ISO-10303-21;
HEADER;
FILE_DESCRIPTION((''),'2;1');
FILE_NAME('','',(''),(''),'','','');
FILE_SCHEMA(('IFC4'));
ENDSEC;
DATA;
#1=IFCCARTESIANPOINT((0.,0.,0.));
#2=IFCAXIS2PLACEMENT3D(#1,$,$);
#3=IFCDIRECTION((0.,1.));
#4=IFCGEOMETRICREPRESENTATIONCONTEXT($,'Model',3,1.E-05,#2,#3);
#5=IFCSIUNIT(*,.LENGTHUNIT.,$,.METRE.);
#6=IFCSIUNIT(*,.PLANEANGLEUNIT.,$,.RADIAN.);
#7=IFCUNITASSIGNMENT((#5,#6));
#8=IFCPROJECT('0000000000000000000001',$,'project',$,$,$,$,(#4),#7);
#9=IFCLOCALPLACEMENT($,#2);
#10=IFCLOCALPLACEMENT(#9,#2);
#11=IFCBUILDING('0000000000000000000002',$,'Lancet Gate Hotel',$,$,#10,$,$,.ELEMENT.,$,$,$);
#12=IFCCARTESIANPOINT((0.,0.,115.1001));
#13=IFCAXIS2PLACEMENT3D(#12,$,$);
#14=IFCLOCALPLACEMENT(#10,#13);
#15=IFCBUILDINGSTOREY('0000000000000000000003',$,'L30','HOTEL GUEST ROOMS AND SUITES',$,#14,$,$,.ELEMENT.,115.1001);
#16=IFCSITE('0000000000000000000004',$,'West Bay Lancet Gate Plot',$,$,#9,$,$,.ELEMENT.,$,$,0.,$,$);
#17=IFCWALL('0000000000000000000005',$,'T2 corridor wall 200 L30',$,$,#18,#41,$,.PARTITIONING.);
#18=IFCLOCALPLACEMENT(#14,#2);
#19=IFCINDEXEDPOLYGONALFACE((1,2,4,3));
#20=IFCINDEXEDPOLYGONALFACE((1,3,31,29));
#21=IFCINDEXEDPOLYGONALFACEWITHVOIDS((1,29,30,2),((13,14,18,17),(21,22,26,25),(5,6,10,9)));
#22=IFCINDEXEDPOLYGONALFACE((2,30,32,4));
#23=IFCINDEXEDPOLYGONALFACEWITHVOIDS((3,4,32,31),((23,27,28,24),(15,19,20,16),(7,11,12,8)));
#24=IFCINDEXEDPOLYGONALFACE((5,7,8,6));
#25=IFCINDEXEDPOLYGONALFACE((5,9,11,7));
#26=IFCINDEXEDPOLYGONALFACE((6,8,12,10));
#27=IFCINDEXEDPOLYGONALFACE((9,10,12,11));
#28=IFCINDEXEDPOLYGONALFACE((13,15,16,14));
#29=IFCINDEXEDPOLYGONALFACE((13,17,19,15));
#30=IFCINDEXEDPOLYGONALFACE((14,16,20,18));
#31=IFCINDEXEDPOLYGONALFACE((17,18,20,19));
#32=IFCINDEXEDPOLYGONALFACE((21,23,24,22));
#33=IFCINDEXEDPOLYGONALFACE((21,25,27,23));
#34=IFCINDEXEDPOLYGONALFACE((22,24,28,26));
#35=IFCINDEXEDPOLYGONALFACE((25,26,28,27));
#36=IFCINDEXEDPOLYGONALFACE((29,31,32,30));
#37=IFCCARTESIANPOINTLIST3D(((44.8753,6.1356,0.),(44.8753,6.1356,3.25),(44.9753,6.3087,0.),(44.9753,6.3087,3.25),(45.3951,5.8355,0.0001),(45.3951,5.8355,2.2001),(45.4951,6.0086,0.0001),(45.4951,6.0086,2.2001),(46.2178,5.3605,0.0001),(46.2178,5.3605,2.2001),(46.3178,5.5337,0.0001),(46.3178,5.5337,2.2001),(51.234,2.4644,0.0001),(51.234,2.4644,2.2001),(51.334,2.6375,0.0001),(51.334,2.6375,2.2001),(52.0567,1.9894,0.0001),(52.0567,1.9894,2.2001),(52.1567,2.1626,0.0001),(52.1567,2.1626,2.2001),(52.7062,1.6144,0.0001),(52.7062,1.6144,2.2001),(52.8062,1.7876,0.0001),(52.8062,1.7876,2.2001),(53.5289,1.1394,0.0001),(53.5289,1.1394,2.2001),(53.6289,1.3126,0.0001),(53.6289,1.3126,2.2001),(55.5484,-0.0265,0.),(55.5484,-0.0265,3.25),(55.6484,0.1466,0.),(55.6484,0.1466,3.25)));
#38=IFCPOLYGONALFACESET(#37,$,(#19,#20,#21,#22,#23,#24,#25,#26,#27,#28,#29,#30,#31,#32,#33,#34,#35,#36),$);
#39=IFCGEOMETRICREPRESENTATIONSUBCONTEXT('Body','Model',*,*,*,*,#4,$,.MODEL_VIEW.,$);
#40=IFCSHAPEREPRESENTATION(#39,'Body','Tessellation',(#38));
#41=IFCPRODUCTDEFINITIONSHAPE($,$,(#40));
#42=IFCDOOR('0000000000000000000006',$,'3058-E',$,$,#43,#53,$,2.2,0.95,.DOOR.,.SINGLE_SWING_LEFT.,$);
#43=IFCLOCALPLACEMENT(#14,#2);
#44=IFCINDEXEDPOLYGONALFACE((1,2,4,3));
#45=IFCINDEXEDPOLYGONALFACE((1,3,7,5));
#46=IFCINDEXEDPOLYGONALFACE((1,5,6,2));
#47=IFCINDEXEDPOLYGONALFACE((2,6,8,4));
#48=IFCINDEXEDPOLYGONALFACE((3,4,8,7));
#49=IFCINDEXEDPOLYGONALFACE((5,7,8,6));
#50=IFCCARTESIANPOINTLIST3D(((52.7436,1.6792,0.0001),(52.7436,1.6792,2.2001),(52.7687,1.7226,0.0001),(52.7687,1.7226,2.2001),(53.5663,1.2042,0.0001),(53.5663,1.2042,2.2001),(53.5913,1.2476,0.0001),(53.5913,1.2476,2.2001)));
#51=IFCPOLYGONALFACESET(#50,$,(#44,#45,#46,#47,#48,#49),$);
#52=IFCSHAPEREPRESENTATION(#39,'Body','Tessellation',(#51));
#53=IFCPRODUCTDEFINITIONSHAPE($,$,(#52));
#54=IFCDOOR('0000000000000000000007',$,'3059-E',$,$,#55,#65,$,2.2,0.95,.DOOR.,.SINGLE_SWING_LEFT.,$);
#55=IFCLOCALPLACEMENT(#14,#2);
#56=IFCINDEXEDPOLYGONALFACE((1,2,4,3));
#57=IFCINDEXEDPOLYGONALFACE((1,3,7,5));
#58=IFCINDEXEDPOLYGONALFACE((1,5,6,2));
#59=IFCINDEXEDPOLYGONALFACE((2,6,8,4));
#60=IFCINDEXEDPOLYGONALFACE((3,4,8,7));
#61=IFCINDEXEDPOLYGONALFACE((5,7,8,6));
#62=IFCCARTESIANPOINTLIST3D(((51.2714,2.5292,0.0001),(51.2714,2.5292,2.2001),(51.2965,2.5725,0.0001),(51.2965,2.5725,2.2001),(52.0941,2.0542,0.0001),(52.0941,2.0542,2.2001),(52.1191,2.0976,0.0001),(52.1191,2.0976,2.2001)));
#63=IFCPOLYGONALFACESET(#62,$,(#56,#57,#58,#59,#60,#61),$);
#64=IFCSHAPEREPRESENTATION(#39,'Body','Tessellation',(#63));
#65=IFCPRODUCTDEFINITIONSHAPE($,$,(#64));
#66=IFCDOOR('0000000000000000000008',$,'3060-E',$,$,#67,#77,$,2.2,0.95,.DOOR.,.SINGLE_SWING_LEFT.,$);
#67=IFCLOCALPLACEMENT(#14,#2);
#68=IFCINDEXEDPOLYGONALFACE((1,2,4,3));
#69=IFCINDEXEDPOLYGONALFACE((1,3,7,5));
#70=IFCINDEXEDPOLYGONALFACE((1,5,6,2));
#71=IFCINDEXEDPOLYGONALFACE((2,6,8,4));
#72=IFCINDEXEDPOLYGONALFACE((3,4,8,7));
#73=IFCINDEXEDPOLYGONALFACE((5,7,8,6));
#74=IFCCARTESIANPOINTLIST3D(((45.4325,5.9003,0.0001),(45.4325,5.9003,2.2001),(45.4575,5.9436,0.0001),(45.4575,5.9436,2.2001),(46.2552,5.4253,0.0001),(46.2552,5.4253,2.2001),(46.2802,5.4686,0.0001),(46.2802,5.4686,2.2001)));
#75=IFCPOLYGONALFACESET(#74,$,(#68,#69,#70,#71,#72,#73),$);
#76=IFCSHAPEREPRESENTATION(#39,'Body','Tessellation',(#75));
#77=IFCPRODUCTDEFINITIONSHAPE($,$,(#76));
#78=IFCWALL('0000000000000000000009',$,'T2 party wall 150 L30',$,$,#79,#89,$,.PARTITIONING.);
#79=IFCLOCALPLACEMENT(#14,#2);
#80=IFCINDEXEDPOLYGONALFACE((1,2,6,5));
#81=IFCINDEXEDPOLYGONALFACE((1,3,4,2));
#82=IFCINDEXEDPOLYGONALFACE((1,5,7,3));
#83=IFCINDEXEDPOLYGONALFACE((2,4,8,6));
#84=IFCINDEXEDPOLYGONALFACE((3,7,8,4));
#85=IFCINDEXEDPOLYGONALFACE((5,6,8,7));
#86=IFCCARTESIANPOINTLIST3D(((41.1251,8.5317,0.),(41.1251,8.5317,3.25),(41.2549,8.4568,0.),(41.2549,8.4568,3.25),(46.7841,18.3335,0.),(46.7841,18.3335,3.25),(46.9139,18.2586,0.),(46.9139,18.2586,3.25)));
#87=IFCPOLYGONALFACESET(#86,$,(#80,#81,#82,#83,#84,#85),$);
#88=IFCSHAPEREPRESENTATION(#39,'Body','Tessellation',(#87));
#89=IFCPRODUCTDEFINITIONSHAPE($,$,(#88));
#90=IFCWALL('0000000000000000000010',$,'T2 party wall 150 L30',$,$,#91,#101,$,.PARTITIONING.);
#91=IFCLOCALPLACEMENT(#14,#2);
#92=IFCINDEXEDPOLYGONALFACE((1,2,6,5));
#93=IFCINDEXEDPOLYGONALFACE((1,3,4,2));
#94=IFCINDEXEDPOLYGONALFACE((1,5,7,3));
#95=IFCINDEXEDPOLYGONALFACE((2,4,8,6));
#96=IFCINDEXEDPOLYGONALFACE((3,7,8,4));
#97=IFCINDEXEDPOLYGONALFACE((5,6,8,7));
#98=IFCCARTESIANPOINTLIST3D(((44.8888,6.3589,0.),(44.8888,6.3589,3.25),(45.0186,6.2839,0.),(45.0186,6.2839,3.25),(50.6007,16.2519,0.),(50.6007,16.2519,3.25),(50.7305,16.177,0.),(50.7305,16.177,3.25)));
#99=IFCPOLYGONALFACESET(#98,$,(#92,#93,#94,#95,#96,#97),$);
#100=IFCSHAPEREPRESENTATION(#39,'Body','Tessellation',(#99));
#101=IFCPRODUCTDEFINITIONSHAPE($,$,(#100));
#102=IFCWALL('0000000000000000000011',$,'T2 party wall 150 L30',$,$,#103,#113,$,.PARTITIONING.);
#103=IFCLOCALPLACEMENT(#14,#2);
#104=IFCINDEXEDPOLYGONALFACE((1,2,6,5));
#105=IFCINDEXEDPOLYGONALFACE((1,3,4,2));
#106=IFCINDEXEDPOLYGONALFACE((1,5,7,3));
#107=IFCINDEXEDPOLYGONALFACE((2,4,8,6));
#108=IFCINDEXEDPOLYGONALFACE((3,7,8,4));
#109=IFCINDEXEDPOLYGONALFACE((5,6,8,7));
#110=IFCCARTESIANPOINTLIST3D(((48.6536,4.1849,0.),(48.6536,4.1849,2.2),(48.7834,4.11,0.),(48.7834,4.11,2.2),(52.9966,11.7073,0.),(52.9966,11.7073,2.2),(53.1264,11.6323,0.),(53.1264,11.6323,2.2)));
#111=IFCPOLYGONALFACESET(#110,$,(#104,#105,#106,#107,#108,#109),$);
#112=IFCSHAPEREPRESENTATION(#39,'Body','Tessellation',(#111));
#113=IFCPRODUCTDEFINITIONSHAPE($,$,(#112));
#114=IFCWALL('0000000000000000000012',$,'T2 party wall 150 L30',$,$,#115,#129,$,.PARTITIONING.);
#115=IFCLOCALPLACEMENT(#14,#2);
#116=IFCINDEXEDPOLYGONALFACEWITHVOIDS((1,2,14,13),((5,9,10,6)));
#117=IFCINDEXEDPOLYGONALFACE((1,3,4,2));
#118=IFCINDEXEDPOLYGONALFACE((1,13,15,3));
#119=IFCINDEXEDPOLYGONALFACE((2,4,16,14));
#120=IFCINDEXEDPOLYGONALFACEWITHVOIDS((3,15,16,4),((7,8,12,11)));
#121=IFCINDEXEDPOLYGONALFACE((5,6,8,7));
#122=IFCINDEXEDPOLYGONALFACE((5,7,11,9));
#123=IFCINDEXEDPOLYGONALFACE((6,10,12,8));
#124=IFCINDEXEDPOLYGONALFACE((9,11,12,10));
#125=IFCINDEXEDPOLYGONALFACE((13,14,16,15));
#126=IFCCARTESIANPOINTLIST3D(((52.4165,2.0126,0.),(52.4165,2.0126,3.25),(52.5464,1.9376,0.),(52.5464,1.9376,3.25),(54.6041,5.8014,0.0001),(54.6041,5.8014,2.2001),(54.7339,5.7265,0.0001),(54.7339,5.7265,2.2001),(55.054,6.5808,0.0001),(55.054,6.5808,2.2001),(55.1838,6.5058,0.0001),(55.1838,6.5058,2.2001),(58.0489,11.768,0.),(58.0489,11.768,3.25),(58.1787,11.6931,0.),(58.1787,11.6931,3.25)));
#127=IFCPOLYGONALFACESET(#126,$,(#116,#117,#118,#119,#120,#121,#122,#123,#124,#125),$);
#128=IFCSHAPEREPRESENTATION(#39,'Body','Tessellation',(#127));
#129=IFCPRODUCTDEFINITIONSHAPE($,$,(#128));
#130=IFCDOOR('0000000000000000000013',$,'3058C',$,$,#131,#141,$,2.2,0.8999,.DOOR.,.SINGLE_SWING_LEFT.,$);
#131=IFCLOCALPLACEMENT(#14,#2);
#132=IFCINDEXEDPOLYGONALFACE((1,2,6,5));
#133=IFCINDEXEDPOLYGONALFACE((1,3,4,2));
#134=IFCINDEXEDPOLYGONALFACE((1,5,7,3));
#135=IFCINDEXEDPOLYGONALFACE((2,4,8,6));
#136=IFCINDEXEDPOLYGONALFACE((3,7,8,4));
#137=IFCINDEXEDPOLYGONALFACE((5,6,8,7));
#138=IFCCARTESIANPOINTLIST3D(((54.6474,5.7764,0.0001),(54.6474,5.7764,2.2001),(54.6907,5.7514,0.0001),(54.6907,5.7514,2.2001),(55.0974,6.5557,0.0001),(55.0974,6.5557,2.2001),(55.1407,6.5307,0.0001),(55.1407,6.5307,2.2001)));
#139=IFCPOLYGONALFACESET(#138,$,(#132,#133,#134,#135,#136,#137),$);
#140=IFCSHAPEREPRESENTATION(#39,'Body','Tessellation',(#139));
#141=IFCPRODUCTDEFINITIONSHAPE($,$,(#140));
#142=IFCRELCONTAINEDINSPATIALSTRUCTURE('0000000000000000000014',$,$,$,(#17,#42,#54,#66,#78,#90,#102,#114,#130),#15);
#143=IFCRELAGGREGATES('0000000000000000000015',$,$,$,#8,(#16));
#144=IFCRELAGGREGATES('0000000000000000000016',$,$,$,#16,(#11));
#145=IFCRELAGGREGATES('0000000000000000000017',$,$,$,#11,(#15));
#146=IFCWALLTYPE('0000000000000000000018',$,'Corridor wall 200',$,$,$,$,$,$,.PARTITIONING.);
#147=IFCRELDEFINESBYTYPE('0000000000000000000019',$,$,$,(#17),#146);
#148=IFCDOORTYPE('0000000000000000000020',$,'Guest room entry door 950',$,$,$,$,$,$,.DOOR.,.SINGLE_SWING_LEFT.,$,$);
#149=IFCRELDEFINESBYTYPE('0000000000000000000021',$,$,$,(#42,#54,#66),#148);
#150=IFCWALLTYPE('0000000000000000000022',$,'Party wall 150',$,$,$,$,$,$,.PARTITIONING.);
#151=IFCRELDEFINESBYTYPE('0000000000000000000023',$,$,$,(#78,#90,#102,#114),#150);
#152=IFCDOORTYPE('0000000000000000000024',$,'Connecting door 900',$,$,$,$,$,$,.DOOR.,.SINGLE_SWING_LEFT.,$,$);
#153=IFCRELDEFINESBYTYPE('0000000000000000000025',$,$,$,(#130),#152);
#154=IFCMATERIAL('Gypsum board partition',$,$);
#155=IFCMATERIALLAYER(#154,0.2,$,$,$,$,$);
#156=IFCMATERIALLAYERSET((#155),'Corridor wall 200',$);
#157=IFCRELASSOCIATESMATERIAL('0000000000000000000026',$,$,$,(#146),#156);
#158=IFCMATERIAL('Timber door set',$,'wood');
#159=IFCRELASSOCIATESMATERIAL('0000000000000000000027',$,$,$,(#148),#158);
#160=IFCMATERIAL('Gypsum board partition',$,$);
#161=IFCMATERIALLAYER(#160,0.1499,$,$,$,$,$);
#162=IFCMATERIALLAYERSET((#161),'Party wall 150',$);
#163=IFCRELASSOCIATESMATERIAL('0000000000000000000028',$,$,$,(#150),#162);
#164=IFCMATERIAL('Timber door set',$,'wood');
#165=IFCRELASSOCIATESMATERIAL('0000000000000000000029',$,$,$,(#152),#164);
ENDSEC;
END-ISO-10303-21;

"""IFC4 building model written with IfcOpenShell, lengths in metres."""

from ifc_helpers import new_model, si_unit, direction, frame, frame_2d, origin, place, context, subcontext, project, spatial, rectangle, extrude, material, layer, layer_set, type_object, element, fill, save


model = new_model("IFC4")

# Units and contexts
model_context = context("Model", 3, precision=1e-05, world=origin(), true_north=direction((0.0, 1.0)))
body_context = subcontext(model_context, "Body", "Model", "MODEL_VIEW")
ifc_project = project(units=[si_unit("LENGTHUNIT", "METRE"), si_unit("PLANEANGLEUNIT", "RADIAN")], contexts=[model_context])

# Site, building, storey
site_placement = place(None, origin())
site = spatial("IfcSite", under=ifc_project, at=site_placement, Name="West Bay Lancet Gate Plot", CompositionType="ELEMENT", RefElevation=0.0)
building_placement = place(site_placement, origin())
building = spatial("IfcBuilding", under=site, at=building_placement, Name="Lancet Gate Hotel", CompositionType="ELEMENT")
storey_placement = place(building_placement, frame((0.0, 0.0, 115.1001)))
storey = spatial("IfcBuildingStorey", under=building, at=storey_placement, Name="L30", Description="HOTEL GUEST ROOMS AND SUITES", CompositionType="ELEMENT", Elevation=115.1001)

# Wall, openings, doors
ifc_material_1 = material(Name="Gypsum board partition")
ifc_layer_1 = layer(ifc_material_1, 0.2)
ifc_layer_set_1 = layer_set([ifc_layer_1], Name="Corridor wall 200")
wall_type_1 = type_object("IfcWallType", Name="Corridor wall 200", PredefinedType="PARTITIONING", material=ifc_layer_set_1)
wall_1_placement = place(storey_placement, frame((44.9253, 6.2222, 0.0), z_axis=(0.0, 0.0, 1.0), x_axis=(0.866026, -0.5, 0.0)))
wall_1 = element("IfcWall", 1, at=wall_1_placement, inside=storey, type_object=wall_type_1, Name="T2 corridor wall 200 L30", PredefinedType="PARTITIONING", context=body_context, shape_type="SweptSolid", body=[
    extrude(rectangle(XDim=12.3242, YDim=0.2, at=frame_2d((6.1621, 0.0))), origin(), (0.0, 0.0, 1.0), 3.25),
])
opening_1_placement = place(wall_1_placement, frame((9.0422, 0.0, 0.0)))
opening_1 = element("IfcOpeningElement", 2, at=opening_1_placement, cuts=wall_1, PredefinedType="OPENING", context=body_context, shape_type="SweptSolid", body=[
    extrude(rectangle(XDim=0.95, YDim=2.2, at=frame_2d((0.4751, 1.1001))), frame((0.0, 0.1099, 0.0), z_axis=(0.0, -1.0, 0.0), x_axis=(1.0, 0.0, 0.0)), (0.0, 0.0, 1.0), 0.22),
])
opening_2_placement = place(wall_1_placement, frame((7.3423, 0.0, 0.0)))
opening_2 = element("IfcOpeningElement", 3, at=opening_2_placement, cuts=wall_1, PredefinedType="OPENING", context=body_context, shape_type="SweptSolid", body=[
    extrude(rectangle(XDim=0.95, YDim=2.2, at=frame_2d((0.4751, 1.1001))), frame((0.0, 0.1099, 0.0), z_axis=(0.0, -1.0, 0.0), x_axis=(1.0, 0.0, 0.0)), (0.0, 0.0, 1.0), 0.22),
])
opening_3_placement = place(wall_1_placement, frame((0.6001, 0.0, 0.0)))
opening_3 = element("IfcOpeningElement", 4, at=opening_3_placement, cuts=wall_1, PredefinedType="OPENING", context=body_context, shape_type="SweptSolid", body=[
    extrude(rectangle(XDim=0.95, YDim=2.2, at=frame_2d((0.4751, 1.1001))), frame((0.0, 0.1099, 0.0), z_axis=(0.0, -1.0, 0.0), x_axis=(1.0, 0.0, 0.0)), (0.0, 0.0, 1.0), 0.22),
])
ifc_material_2 = material(Name="Timber door set", Category="wood")
door_type_1 = type_object("IfcDoorType", Name="Guest room entry door 950", OperationType="SINGLE_SWING_LEFT", PredefinedType="DOOR", material=ifc_material_2)
door_1_placement = place(opening_1_placement, origin())
door_1 = element("IfcDoor", 5, at=door_1_placement, inside=storey, type_object=door_type_1, Name="3058-E", OperationType="SINGLE_SWING_LEFT", OverallHeight=2.2, OverallWidth=0.95, PredefinedType="DOOR", context=body_context, shape_type="SweptSolid", body=[
    extrude(rectangle(XDim=0.95, YDim=2.2, at=frame_2d((0.4751, 1.1001))), frame((0.0, 0.0249, 0.0), z_axis=(0.0, -1.0, 0.0), x_axis=(1.0, 0.0, 0.0)), (0.0, 0.0, 1.0), 0.05),
])
fill(opening_1, door_1)
door_2_placement = place(opening_2_placement, origin())
door_2 = element("IfcDoor", 6, at=door_2_placement, inside=storey, type_object=door_type_1, Name="3059-E", OperationType="SINGLE_SWING_LEFT", OverallHeight=2.2, OverallWidth=0.95, PredefinedType="DOOR", context=body_context, shape_type="SweptSolid", body=[
    extrude(rectangle(XDim=0.95, YDim=2.2, at=frame_2d((0.4751, 1.1001))), frame((0.0, 0.0249, 0.0), z_axis=(0.0, -1.0, 0.0), x_axis=(1.0, 0.0, 0.0)), (0.0, 0.0, 1.0), 0.05),
])
fill(opening_2, door_2)
door_3_placement = place(opening_3_placement, origin())
door_3 = element("IfcDoor", 7, at=door_3_placement, inside=storey, type_object=door_type_1, Name="3060-E", OperationType="SINGLE_SWING_LEFT", OverallHeight=2.2, OverallWidth=0.95, PredefinedType="DOOR", context=body_context, shape_type="SweptSolid", body=[
    extrude(rectangle(XDim=0.95, YDim=2.2, at=frame_2d((0.4751, 1.1001))), frame((0.0, 0.0249, 0.0), z_axis=(0.0, -1.0, 0.0), x_axis=(1.0, 0.0, 0.0)), (0.0, 0.0, 1.0), 0.05),
])
fill(opening_3, door_3)

# Walls
ifc_material_3 = material(Name="Gypsum board partition")
ifc_layer_2 = layer(ifc_material_3, 0.1499)
ifc_layer_set_2 = layer_set([ifc_layer_2], Name="Party wall 150")
wall_type_2 = type_object("IfcWallType", Name="Party wall 150", PredefinedType="PARTITIONING", material=ifc_layer_set_2)
wall_2_placement = place(storey_placement, frame((41.1899, 8.4941, 0.0), z_axis=(0.0, 0.0, 1.0), x_axis=(0.499993, 0.86603, 0.0)))
element("IfcWall", 8, at=wall_2_placement, inside=storey, type_object=wall_type_2, Name="T2 party wall 150 L30", PredefinedType="PARTITIONING", context=body_context, shape_type="SweptSolid", body=[
    extrude(rectangle(XDim=11.3181, YDim=0.1499, at=frame_2d((5.6592, 0.0))), origin(), (0.0, 0.0, 1.0), 3.25),
])
wall_3_placement = place(storey_placement, frame((44.9536, 6.3213, 0.0), z_axis=(0.0, 0.0, 1.0), x_axis=(0.50001, 0.86602, 0.0)))
element("IfcWall", 9, at=wall_3_placement, inside=storey, type_object=wall_type_2, Name="T2 party wall 150 L30", PredefinedType="PARTITIONING", context=body_context, shape_type="SweptSolid", body=[
    extrude(rectangle(XDim=11.4236, YDim=0.1499, at=frame_2d((5.7119, 0.0))), origin(), (0.0, 0.0, 1.0), 3.25),
])
wall_4_placement = place(storey_placement, frame((48.7185, 4.1475, 0.0), z_axis=(0.0, 0.0, 1.0), x_axis=(0.499993, 0.866029, 0.0)))
element("IfcWall", 10, at=wall_4_placement, inside=storey, type_object=wall_type_2, Name="T2 party wall 150 L30", PredefinedType="PARTITIONING", context=body_context, shape_type="SweptSolid", body=[
    extrude(rectangle(XDim=8.686, YDim=0.1499, at=frame_2d((4.343, 0.0))), origin(), (0.0, 0.0, 1.0), 2.2),
])

# Wall, opening, door
wall_5_placement = place(storey_placement, frame((52.4814, 1.9751, 0.0), z_axis=(0.0, 0.0, 1.0), x_axis=(0.500004, 0.866023, 0.0)))
wall_5 = element("IfcWall", 11, at=wall_5_placement, inside=storey, type_object=wall_type_2, Name="T2 party wall 150 L30", PredefinedType="PARTITIONING", context=body_context, shape_type="SweptSolid", body=[
    extrude(rectangle(XDim=11.2646, YDim=0.1499, at=frame_2d((5.6323, 0.0))), origin(), (0.0, 0.0, 1.0), 3.25),
])
opening_4_placement = place(wall_5_placement, frame((4.375, 0.0, 0.0)))
opening_4 = element("IfcOpeningElement", 12, at=opening_4_placement, cuts=wall_5, PredefinedType="OPENING", context=body_context, shape_type="SweptSolid", body=[
    extrude(rectangle(XDim=0.8999, YDim=2.2, at=frame_2d((0.45, 1.1001))), frame((0.0, 0.085, 0.0), z_axis=(0.0, -1.0, 0.0), x_axis=(1.0, 0.0, 0.0)), (0.0, 0.0, 1.0), 0.1699),
])
ifc_material_4 = material(Name="Timber door set", Category="wood")
door_type_2 = type_object("IfcDoorType", Name="Connecting door 900", OperationType="SINGLE_SWING_LEFT", PredefinedType="DOOR", material=ifc_material_4)
door_4_placement = place(opening_4_placement, origin())
door_4 = element("IfcDoor", 13, at=door_4_placement, inside=storey, type_object=door_type_2, Name="3058C", OperationType="SINGLE_SWING_LEFT", OverallHeight=2.2, OverallWidth=0.8999, PredefinedType="DOOR", context=body_context, shape_type="SweptSolid", body=[
    extrude(rectangle(XDim=0.8999, YDim=2.2, at=frame_2d((0.45, 1.1001))), frame((0.0, 0.0249, 0.0), z_axis=(0.0, -1.0, 0.0), x_axis=(1.0, 0.0, 0.0)), (0.0, 0.0, 1.0), 0.05),
])
fill(opening_4, door_4)

save(model, "model.ifc")
